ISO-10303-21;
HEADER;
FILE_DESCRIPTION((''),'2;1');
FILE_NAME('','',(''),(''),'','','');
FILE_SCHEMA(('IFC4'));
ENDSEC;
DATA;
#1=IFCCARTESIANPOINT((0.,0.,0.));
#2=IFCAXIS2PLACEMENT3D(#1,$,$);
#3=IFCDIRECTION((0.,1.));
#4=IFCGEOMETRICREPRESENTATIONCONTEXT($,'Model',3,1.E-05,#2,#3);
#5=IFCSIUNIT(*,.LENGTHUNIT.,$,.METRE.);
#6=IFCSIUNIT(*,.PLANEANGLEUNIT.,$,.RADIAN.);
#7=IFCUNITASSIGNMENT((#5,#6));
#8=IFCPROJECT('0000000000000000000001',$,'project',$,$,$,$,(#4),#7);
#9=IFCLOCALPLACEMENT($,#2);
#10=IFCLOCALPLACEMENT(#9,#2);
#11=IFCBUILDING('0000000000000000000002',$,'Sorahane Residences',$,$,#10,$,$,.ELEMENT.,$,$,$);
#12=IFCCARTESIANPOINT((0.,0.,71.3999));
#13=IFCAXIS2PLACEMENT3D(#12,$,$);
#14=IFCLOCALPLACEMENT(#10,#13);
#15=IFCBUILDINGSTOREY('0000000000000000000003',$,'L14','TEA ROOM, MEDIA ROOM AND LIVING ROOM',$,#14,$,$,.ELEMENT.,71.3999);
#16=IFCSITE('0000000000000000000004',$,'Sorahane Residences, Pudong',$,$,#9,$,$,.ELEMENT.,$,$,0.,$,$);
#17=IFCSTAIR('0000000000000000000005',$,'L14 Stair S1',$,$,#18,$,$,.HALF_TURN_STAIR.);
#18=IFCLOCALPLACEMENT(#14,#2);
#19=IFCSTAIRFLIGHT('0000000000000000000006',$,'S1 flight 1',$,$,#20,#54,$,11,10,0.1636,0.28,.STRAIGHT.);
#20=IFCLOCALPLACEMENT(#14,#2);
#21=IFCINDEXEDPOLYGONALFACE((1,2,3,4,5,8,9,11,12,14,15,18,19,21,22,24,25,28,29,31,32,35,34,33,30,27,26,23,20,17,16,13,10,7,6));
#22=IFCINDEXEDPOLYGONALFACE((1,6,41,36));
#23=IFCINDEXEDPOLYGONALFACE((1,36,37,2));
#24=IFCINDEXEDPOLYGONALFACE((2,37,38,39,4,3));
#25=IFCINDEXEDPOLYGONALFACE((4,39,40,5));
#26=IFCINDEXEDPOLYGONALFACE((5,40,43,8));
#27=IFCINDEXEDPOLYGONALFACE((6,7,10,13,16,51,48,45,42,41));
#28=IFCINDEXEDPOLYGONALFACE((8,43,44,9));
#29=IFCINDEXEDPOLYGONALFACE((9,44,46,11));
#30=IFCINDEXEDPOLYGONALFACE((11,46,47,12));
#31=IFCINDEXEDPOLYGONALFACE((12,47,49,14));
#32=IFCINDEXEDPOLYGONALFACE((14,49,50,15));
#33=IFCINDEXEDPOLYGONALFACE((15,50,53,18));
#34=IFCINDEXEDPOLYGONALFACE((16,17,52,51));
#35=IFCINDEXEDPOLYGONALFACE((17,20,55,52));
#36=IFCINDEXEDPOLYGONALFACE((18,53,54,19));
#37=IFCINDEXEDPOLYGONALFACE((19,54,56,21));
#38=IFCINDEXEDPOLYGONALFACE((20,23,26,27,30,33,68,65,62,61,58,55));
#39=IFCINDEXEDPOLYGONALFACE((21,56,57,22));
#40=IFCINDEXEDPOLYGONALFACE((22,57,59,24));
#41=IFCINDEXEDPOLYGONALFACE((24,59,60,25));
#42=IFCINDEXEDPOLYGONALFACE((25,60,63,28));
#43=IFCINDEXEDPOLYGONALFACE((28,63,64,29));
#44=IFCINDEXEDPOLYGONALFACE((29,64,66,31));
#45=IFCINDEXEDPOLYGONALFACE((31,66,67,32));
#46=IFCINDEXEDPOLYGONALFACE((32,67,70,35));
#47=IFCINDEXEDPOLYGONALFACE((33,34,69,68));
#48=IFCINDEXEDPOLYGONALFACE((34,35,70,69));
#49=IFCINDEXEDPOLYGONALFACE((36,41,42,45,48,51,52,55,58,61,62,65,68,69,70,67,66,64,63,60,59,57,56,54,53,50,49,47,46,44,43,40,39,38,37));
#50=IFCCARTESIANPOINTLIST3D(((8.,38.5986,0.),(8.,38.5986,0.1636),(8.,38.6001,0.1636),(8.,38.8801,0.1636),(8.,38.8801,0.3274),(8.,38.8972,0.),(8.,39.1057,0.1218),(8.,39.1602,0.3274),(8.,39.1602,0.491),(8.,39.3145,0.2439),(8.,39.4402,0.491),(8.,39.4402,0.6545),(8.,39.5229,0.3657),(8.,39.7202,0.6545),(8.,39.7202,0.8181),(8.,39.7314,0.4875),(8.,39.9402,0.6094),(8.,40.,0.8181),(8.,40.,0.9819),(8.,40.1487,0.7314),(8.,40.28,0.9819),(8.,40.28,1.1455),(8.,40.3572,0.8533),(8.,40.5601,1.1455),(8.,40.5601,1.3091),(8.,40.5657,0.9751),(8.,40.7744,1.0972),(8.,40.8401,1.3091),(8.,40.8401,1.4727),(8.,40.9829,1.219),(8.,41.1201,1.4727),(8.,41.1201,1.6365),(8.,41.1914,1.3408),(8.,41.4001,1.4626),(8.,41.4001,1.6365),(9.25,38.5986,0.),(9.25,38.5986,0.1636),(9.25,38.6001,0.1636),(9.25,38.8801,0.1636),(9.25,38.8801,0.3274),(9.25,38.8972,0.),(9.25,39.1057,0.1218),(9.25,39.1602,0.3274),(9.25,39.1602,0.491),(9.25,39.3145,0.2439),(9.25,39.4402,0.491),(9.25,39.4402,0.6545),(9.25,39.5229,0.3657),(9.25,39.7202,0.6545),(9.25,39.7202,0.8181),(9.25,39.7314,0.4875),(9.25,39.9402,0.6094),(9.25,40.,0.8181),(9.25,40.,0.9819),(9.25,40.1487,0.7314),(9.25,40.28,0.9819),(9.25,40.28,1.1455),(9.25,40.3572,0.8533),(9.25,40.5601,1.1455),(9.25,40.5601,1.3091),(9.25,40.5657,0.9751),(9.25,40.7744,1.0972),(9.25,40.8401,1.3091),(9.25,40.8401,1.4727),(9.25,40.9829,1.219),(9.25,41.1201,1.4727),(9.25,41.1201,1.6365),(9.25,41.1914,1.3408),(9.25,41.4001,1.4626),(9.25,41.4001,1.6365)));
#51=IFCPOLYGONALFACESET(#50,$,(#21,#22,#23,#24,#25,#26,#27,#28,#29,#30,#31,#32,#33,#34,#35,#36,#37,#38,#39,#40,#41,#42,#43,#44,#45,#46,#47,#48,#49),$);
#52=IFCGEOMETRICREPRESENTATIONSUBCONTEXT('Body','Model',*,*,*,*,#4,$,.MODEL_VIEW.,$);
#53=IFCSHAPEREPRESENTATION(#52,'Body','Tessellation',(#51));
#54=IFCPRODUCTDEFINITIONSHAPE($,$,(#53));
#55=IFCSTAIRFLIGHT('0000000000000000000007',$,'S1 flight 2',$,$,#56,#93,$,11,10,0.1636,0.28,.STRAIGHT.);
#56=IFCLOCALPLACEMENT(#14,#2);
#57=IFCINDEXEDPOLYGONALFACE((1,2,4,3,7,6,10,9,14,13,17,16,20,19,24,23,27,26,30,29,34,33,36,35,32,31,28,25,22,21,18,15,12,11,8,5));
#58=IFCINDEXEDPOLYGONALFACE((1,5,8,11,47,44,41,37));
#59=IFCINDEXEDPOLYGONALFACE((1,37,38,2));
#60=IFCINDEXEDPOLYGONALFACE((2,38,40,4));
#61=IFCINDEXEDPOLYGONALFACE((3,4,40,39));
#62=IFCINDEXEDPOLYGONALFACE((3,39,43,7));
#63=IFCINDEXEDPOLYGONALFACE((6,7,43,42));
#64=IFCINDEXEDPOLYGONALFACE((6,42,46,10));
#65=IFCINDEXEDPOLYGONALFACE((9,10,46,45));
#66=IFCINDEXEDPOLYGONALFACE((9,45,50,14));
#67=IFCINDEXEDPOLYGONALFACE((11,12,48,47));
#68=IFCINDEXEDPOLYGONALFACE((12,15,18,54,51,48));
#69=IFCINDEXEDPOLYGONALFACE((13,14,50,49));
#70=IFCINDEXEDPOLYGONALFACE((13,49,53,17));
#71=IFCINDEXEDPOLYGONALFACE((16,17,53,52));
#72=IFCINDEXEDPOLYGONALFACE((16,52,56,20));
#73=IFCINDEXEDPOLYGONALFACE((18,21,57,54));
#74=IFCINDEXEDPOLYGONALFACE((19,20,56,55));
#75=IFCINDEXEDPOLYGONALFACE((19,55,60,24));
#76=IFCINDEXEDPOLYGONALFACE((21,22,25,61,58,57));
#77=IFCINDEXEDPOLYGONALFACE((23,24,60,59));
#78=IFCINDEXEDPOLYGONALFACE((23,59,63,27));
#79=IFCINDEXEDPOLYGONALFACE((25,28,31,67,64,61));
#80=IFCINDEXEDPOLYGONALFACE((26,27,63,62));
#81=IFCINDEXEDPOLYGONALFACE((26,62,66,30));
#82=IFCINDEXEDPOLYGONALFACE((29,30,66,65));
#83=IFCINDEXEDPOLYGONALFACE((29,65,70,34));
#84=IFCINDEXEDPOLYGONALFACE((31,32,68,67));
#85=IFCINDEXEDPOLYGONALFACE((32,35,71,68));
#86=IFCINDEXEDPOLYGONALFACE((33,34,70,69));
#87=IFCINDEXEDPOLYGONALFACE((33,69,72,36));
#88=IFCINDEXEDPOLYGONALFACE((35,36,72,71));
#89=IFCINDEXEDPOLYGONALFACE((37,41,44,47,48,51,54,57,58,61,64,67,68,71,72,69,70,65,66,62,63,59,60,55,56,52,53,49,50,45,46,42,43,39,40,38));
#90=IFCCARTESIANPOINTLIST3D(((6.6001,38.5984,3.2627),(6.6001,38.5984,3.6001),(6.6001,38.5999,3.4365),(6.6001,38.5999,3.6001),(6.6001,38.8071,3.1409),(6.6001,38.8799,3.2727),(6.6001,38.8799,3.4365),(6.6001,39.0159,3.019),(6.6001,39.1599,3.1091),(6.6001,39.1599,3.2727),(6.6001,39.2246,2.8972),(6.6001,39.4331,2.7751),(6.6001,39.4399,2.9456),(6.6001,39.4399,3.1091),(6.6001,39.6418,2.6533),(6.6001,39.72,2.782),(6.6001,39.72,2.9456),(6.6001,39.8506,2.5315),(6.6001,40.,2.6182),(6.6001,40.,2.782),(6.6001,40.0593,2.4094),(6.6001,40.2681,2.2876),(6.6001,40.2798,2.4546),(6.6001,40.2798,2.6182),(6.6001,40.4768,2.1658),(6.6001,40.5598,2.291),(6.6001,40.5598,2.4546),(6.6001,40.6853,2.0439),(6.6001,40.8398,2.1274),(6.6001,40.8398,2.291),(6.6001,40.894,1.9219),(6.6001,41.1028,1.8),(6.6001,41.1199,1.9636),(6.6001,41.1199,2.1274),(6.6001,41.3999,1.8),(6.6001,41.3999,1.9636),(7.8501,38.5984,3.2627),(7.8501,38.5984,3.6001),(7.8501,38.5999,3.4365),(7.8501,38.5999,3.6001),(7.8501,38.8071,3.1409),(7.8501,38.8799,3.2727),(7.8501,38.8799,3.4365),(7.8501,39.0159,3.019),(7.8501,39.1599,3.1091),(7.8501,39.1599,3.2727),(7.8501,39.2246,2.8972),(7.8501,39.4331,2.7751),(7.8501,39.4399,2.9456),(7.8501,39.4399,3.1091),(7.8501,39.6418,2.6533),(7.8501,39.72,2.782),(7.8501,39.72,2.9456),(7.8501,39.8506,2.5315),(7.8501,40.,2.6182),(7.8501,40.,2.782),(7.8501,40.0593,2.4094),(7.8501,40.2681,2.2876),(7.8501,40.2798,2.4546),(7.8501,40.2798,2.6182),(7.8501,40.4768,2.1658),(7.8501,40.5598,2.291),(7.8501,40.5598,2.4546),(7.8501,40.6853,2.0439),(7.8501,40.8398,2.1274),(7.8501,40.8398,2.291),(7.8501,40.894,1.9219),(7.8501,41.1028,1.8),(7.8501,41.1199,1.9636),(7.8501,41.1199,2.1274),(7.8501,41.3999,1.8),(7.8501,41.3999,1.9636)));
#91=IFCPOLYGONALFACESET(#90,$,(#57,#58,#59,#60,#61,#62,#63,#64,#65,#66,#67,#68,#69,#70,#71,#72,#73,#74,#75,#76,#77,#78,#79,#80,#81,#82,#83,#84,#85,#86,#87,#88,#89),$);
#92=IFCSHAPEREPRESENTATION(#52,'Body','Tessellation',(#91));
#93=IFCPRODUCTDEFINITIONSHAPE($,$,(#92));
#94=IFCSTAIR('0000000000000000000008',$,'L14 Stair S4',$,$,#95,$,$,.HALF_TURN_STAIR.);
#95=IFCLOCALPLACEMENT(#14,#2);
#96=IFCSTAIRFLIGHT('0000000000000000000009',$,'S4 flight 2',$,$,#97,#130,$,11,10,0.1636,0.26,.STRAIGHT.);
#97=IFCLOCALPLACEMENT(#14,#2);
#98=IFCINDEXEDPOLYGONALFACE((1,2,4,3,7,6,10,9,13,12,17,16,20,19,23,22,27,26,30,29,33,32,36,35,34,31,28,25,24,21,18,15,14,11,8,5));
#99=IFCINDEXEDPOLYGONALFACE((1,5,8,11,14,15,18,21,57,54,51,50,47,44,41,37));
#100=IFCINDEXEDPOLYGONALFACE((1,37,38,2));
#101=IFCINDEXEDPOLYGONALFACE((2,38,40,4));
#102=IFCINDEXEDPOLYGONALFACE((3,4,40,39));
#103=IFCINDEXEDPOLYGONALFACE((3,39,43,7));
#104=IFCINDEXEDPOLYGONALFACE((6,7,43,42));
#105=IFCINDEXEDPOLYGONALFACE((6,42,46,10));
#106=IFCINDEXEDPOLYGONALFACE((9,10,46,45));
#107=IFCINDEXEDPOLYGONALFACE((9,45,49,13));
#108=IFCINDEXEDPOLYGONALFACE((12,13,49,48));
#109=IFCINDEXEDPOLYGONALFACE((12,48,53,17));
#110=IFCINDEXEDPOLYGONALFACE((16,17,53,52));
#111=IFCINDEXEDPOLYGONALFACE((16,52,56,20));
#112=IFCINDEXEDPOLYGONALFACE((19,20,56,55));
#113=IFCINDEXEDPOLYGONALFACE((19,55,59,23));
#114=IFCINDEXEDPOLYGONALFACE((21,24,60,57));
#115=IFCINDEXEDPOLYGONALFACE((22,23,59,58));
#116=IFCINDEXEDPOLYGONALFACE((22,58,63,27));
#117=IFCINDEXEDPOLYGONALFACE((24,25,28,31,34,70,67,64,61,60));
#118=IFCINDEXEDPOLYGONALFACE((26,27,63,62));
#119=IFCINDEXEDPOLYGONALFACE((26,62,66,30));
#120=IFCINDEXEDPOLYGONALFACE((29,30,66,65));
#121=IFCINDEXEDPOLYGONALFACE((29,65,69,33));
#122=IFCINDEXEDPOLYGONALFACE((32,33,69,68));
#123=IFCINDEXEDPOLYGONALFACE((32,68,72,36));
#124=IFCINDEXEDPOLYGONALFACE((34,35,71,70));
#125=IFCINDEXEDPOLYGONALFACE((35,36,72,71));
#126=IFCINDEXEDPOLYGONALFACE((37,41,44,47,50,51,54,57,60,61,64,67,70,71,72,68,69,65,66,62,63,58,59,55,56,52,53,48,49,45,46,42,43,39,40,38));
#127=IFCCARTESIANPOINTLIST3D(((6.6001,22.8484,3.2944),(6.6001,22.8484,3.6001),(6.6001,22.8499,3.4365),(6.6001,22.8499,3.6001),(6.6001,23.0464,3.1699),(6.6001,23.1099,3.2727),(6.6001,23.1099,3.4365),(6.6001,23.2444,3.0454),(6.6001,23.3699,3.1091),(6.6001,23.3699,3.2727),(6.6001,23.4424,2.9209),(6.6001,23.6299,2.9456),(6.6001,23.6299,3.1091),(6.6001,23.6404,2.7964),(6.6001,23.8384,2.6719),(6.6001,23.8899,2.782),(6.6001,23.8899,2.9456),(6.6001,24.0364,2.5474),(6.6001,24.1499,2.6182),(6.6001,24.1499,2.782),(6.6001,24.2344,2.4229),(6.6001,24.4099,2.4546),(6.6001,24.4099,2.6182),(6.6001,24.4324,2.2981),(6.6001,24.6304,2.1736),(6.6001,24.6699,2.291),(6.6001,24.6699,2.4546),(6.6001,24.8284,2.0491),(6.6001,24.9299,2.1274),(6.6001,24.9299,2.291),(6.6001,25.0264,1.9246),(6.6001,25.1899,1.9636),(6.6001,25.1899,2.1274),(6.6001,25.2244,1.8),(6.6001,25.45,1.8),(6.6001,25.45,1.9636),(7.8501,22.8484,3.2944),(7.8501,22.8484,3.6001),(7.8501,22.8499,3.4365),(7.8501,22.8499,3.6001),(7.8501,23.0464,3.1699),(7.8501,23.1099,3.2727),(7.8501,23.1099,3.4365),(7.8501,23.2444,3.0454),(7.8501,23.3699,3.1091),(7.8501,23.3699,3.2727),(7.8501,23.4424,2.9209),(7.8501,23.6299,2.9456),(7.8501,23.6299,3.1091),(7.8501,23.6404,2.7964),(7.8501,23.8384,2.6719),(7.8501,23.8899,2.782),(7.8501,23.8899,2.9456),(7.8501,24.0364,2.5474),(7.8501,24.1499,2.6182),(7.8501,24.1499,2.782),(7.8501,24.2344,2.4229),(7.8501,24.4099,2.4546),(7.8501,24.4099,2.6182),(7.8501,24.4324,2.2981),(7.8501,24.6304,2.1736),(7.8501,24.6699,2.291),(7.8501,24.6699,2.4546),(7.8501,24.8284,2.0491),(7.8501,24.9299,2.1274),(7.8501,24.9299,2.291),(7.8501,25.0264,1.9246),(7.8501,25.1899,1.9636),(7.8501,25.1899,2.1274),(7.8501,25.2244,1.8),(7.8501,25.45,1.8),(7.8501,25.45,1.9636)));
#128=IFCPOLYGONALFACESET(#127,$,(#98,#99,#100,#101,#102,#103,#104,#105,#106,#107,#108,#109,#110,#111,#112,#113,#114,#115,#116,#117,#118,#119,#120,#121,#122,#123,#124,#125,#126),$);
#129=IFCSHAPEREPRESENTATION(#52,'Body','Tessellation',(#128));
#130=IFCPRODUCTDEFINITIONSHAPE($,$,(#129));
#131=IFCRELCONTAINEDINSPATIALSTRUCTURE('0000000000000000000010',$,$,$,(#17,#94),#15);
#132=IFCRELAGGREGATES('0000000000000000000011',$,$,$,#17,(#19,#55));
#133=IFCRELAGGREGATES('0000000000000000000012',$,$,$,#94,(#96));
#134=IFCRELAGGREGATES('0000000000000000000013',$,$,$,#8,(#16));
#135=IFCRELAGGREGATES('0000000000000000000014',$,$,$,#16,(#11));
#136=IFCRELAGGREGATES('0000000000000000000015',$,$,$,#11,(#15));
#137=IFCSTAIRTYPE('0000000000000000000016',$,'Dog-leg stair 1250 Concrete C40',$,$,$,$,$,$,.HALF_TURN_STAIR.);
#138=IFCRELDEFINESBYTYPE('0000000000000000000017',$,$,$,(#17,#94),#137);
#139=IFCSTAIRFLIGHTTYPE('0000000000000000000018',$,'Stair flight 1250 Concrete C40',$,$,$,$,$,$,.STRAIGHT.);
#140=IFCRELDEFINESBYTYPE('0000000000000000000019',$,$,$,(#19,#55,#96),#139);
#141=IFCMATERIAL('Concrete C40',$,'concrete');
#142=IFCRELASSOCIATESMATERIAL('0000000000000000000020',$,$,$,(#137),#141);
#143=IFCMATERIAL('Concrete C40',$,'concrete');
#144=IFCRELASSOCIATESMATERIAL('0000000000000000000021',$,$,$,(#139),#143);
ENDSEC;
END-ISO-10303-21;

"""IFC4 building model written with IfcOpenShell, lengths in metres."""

from ifc_helpers import new_model, si_unit, direction, frame, origin, place, context, subcontext, project, spatial, polyline, outline, extrude, material, type_object, element, aggregate, save


model = new_model("IFC4")

# Units and contexts
model_context = context("Model", 3, precision=1e-05, world=origin(), true_north=direction((0.0, 1.0)))
body_context = subcontext(model_context, "Body", "Model", "MODEL_VIEW")
ifc_project = project(units=[si_unit("LENGTHUNIT", "METRE"), si_unit("PLANEANGLEUNIT", "RADIAN")], contexts=[model_context])

# Site, building, storey
site_placement = place(None, origin())
site = spatial("IfcSite", under=ifc_project, at=site_placement, Name="Sorahane Residences, Pudong", CompositionType="ELEMENT", RefElevation=0.0)
building_placement = place(site_placement, origin())
building = spatial("IfcBuilding", under=site, at=building_placement, Name="Sorahane Residences", CompositionType="ELEMENT")
storey_placement = place(building_placement, frame((0.0, 0.0, 71.3999)))
storey = spatial("IfcBuildingStorey", under=building, at=storey_placement, Name="L14", Description="TEA ROOM, MEDIA ROOM AND LIVING ROOM", CompositionType="ELEMENT", Elevation=71.3999)

# Stair, stair flights
ifc_material_1 = material(Name="Concrete C40", Category="concrete")
stair_type = type_object("IfcStairType", Name="Dog-leg stair 1250 Concrete C40", PredefinedType="HALF_TURN_STAIR", material=ifc_material_1)
stair_1_placement = place(storey_placement, origin())
stair_1 = element("IfcStair", 1, at=stair_1_placement, inside=storey, type_object=stair_type, Name="L14 Stair S1", PredefinedType="HALF_TURN_STAIR")
ifc_material_2 = material(Name="Concrete C40", Category="concrete")
stair_flight_type = type_object("IfcStairFlightType", Name="Stair flight 1250 Concrete C40", PredefinedType="STRAIGHT", material=ifc_material_2)
stair_flight_1_placement = place(storey_placement, frame((8.625, 38.6001, 0.0), z_axis=(0.0, 0.0, 1.0), x_axis=(0.0, 1.0, 0.0)))
stair_flight_1 = element("IfcStairFlight", 2, at=stair_flight_1_placement, type_object=stair_flight_type, Name="S1 flight 1", NumberOfRisers=11, NumberOfTreads=10, PredefinedType="STRAIGHT", RiserHeight=0.1636, TreadLength=0.28, context=body_context, shape_type="SweptSolid", body=[
    extrude(outline(polyline([(-0.0015, 0.0), (-0.0015, 0.1636), (0.0, 0.1636), (0.28, 0.1636), (0.28, 0.3274), (0.5601, 0.3274), (0.5601, 0.491), (0.8401, 0.491), (0.8401, 0.6545), (1.1201, 0.6545), (1.1201, 0.8181), (1.3999, 0.8181), (1.3999, 0.9819), (1.6799, 0.9819), (1.6799, 1.1455), (1.96, 1.1455), (1.96, 1.3091), (2.24, 1.3091), (2.24, 1.4727), (2.52, 1.4727), (2.52, 1.6365), (2.8, 1.6365), (2.8, 1.8), (2.8, 1.4626), (2.5913, 1.3408), (2.3828, 1.219), (2.1743, 1.0972), (1.9656, 0.9751), (1.7571, 0.8533), (1.5486, 0.7314), (1.3401, 0.6094), (1.1313, 0.4875), (0.9229, 0.3657), (0.7144, 0.2439), (0.5056, 0.1218), (0.2971, 0.0), (-0.0015, 0.0)])), frame((0.0, 0.625, 0.0), z_axis=(0.0, -1.0, 0.0), x_axis=(1.0, 0.0, 0.0)), (0.0, 0.0, 1.0), 1.25),
])
stair_flight_2_placement = place(storey_placement, frame((7.2251, 41.3999, 1.8), z_axis=(0.0, 0.0, 1.0), x_axis=(0.0, -1.0, 0.0)))
stair_flight_2 = element("IfcStairFlight", 3, at=stair_flight_2_placement, type_object=stair_flight_type, Name="S1 flight 2", NumberOfRisers=11, NumberOfTreads=10, PredefinedType="STRAIGHT", RiserHeight=0.1636, TreadLength=0.28, context=body_context, shape_type="SweptSolid", body=[
    extrude(outline(polyline([(0.0, 0.0), (0.0, 0.1636), (0.28, 0.1636), (0.28, 0.3274), (0.5601, 0.3274), (0.5601, 0.491), (0.8401, 0.491), (0.8401, 0.6545), (1.1201, 0.6545), (1.1201, 0.8181), (1.3999, 0.8181), (1.3999, 0.9819), (1.6799, 0.9819), (1.6799, 1.1455), (1.96, 1.1455), (1.96, 1.3091), (2.24, 1.3091), (2.24, 1.4727), (2.52, 1.4727), (2.52, 1.6365), (2.8, 1.6365), (2.8, 1.8), (2.8015, 1.8), (2.8015, 1.4626), (2.5928, 1.3408), (2.384, 1.219), (2.1753, 1.0972), (1.9668, 0.9751), (1.7581, 0.8533), (1.5493, 0.7314), (1.3406, 0.6094), (1.1318, 0.4875), (0.9231, 0.3657), (0.7146, 0.2439), (0.5059, 0.1218), (0.2971, 0.0), (0.0, 0.0)])), frame((0.0, 0.625, 0.0), z_axis=(0.0, -1.0, 0.0), x_axis=(1.0, 0.0, 0.0)), (0.0, 0.0, 1.0), 1.25),
])
aggregate(stair_1, [stair_flight_1, stair_flight_2])

# Stair, stair flight
stair_2_placement = place(storey_placement, origin())
stair_2 = element("IfcStair", 4, at=stair_2_placement, inside=storey, type_object=stair_type, Name="L14 Stair S4", PredefinedType="HALF_TURN_STAIR")
stair_flight_3_placement = place(storey_placement, frame((7.2251, 25.45, 1.8), z_axis=(0.0, 0.0, 1.0), x_axis=(0.0, -1.0, 0.0)))
stair_flight_3 = element("IfcStairFlight", 5, at=stair_flight_3_placement, type_object=stair_flight_type, Name="S4 flight 2", NumberOfRisers=11, NumberOfTreads=10, PredefinedType="STRAIGHT", RiserHeight=0.1636, TreadLength=0.26, context=body_context, shape_type="SweptSolid", body=[
    extrude(outline(polyline([(0.0, 0.0), (0.0, 0.1636), (0.26, 0.1636), (0.26, 0.3274), (0.52, 0.3274), (0.52, 0.491), (0.78, 0.491), (0.78, 0.6545), (1.04, 0.6545), (1.04, 0.8181), (1.3, 0.8181), (1.3, 0.9819), (1.5601, 0.9819), (1.5601, 1.1455), (1.8201, 1.1455), (1.8201, 1.3091), (2.0801, 1.3091), (2.0801, 1.4727), (2.3401, 1.4727), (2.3401, 1.6365), (2.6001, 1.6365), (2.6001, 1.8), (2.6016, 1.8), (2.6016, 1.4944), (2.4036, 1.3699), (2.2056, 1.2454), (2.0076, 1.1208), (1.8096, 0.9963), (1.6116, 0.8718), (1.4136, 0.7473), (1.2156, 0.6228), (1.0176, 0.498), (0.8196, 0.3735), (0.6216, 0.249), (0.4236, 0.1245), (0.2256, 0.0), (0.0, 0.0)])), frame((0.0, 0.625, 0.0), z_axis=(0.0, -1.0, 0.0), x_axis=(1.0, 0.0, 0.0)), (0.0, 0.0, 1.0), 1.25),
])
aggregate(stair_2, [stair_flight_3])

save(model, "model.ifc")
